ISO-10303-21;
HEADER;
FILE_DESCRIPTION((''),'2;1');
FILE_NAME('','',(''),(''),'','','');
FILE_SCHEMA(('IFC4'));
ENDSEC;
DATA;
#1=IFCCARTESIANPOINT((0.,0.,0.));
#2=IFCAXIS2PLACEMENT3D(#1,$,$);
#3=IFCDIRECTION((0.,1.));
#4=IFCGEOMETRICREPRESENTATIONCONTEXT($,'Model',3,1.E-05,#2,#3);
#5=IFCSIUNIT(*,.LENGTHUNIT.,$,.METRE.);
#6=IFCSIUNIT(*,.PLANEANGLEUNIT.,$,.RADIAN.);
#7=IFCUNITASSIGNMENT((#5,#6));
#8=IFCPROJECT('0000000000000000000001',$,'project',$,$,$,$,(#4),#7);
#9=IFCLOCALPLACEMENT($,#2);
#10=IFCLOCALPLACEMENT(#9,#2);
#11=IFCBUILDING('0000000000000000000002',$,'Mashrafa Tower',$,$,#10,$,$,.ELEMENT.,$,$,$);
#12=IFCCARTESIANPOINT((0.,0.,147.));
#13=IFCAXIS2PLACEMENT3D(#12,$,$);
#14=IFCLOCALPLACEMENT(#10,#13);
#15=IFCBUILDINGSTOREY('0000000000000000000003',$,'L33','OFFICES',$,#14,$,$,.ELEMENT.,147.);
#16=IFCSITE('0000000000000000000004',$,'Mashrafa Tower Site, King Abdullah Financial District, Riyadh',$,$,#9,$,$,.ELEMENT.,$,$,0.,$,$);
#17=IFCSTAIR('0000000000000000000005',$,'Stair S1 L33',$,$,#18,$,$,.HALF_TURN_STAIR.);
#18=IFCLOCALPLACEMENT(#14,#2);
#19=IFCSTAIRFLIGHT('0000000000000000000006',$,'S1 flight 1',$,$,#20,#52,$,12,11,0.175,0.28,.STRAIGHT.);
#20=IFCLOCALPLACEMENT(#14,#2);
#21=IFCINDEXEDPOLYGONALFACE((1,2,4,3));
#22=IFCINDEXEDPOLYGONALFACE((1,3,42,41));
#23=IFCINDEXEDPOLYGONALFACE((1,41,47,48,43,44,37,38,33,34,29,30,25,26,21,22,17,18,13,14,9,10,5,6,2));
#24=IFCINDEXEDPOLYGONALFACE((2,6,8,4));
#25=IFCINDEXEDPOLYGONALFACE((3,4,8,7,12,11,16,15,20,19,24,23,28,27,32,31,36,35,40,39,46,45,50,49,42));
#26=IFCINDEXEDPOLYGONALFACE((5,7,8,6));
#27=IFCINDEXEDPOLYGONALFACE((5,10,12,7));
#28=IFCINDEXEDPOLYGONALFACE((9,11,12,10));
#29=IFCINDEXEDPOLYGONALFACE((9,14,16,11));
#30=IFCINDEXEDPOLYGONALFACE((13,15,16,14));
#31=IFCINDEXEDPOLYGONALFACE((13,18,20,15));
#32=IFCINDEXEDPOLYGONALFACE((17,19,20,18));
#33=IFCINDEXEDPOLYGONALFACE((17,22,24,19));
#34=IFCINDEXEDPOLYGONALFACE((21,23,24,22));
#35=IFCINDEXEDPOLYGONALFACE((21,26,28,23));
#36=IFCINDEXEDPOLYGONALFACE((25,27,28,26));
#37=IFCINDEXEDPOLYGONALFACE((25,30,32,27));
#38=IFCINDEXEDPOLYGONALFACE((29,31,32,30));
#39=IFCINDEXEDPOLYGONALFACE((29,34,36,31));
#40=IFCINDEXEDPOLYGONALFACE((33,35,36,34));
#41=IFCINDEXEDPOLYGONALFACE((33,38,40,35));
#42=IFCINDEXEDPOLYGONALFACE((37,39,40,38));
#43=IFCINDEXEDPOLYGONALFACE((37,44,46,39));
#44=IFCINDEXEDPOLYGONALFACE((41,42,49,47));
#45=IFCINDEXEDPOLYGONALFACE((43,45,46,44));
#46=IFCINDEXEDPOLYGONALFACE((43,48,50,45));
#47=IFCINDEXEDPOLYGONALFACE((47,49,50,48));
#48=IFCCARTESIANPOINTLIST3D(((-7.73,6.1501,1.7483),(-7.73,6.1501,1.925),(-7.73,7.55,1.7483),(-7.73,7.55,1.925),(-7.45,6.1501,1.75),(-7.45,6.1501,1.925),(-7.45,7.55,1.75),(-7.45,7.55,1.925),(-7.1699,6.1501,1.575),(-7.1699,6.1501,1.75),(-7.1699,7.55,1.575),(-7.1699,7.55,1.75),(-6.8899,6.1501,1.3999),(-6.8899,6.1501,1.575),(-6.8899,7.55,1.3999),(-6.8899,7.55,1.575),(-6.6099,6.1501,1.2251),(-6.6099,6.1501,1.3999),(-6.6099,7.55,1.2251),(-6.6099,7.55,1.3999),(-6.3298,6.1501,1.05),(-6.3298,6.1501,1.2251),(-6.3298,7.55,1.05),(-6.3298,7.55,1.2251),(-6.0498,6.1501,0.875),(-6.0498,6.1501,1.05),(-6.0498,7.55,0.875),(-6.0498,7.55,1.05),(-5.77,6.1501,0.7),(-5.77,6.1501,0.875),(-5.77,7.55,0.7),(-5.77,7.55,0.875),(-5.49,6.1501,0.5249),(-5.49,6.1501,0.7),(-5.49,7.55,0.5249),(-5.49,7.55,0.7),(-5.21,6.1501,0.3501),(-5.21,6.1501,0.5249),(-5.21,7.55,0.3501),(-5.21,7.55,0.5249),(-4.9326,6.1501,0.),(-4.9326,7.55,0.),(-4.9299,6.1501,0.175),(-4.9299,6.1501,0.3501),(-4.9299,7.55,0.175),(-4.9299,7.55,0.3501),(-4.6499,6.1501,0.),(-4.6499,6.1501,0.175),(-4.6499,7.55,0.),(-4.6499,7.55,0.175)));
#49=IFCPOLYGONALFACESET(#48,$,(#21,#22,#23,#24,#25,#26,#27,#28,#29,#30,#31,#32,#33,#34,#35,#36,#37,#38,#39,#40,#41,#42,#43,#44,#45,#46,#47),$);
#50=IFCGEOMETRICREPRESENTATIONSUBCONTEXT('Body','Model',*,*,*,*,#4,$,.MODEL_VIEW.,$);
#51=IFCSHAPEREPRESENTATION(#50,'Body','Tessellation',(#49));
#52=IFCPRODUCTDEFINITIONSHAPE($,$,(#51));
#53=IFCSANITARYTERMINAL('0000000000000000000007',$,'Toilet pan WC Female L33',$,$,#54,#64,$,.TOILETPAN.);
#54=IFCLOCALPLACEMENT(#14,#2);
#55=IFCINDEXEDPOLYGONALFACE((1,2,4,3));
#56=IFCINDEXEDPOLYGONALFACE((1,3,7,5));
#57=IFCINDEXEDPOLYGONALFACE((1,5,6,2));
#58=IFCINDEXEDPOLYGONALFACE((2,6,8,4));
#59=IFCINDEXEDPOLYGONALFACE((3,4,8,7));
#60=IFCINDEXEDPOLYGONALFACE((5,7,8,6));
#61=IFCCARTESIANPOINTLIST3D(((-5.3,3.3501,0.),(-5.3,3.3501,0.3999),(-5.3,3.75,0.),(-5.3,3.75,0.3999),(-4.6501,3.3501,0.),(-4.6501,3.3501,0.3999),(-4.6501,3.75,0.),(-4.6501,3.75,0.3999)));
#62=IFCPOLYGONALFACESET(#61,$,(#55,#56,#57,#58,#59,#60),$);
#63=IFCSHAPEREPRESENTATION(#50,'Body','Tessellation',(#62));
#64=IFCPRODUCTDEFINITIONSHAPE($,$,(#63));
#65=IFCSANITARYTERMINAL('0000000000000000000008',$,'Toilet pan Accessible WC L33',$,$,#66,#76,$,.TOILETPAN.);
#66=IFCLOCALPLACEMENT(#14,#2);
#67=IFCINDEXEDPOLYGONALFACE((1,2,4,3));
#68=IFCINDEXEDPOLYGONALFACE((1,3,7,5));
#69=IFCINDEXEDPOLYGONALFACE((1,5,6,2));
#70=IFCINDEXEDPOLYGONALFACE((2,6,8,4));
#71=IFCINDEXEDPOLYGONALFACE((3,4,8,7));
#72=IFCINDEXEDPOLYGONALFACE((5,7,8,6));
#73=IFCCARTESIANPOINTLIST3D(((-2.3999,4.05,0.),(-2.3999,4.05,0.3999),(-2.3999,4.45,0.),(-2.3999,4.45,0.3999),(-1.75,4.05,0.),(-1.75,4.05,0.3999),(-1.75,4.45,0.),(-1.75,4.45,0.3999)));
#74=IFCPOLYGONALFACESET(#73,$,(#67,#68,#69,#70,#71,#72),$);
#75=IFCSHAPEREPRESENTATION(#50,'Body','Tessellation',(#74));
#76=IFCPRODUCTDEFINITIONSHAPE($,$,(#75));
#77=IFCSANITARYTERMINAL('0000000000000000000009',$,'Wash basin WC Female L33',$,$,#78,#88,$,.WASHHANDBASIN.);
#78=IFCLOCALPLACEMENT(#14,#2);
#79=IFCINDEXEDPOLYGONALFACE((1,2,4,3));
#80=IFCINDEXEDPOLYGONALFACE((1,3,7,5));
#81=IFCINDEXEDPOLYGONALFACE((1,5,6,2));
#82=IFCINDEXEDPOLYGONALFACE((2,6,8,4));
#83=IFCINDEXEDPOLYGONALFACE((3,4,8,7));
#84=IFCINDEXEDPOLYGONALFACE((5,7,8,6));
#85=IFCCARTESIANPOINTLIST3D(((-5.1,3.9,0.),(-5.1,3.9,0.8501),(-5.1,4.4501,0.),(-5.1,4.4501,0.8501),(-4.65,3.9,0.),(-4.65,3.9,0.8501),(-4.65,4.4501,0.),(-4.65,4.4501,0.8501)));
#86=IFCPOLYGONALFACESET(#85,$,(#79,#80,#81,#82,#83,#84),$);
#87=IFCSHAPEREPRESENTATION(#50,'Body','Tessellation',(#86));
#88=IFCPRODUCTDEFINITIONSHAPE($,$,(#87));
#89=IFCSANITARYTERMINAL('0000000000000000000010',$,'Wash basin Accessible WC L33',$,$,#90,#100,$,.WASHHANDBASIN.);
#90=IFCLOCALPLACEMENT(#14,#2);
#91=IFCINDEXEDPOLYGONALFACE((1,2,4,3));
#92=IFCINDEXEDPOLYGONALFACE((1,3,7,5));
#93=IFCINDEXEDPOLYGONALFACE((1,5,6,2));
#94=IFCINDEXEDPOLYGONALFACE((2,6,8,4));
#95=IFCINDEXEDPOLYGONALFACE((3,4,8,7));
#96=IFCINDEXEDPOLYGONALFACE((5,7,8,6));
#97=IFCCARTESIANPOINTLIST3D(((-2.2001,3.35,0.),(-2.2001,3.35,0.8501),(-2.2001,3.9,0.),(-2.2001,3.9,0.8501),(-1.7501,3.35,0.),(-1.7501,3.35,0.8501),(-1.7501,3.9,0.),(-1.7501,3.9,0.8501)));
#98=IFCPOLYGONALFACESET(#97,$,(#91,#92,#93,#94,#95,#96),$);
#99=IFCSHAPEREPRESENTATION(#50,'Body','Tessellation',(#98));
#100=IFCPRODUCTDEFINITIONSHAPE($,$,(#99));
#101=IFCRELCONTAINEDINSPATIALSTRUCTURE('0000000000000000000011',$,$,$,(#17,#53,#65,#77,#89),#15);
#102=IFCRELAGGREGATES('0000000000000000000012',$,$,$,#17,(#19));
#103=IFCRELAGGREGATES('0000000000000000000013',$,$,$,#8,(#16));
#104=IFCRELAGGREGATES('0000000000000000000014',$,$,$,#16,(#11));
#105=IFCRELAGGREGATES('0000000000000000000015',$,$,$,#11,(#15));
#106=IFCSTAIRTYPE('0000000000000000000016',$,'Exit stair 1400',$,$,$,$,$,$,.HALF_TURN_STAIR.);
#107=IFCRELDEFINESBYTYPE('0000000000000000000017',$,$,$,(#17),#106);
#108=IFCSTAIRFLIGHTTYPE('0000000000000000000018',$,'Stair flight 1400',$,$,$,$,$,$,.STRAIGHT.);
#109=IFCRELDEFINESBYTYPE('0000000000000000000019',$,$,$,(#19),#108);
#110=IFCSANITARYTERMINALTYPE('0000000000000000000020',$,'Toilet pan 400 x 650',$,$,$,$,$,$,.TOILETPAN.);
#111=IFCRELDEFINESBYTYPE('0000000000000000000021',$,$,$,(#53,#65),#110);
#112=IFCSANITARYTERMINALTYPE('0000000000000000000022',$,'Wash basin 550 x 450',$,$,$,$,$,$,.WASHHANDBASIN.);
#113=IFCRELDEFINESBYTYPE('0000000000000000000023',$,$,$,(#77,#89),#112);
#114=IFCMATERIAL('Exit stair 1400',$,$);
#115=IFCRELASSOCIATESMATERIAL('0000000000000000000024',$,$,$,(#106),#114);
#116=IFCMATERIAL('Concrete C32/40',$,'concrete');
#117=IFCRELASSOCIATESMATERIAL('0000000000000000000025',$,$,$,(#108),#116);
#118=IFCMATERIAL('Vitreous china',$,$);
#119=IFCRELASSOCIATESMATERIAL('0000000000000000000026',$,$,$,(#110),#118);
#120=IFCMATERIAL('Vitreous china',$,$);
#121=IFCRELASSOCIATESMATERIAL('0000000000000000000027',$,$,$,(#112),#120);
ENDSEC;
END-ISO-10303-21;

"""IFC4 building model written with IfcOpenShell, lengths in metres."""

from ifc_helpers import new_model, si_unit, direction, frame, origin, origin_2d, place, context, subcontext, project, spatial, polyline, rectangle, outline, extrude, material, type_object, element, aggregate, save


model = new_model("IFC4")

# Units and contexts
model_context = context("Model", 3, precision=1e-05, world=origin(), true_north=direction((0.0, 1.0)))
body_context = subcontext(model_context, "Body", "Model", "MODEL_VIEW")
ifc_project = project(units=[si_unit("LENGTHUNIT", "METRE"), si_unit("PLANEANGLEUNIT", "RADIAN")], contexts=[model_context])

# Site, building, storey
site_placement = place(None, origin())
site = spatial("IfcSite", under=ifc_project, at=site_placement, Name="Mashrafa Tower Site, King Abdullah Financial District, Riyadh", CompositionType="ELEMENT", RefElevation=0.0)
building_placement = place(site_placement, origin())
building = spatial("IfcBuilding", under=site, at=building_placement, Name="Mashrafa Tower", CompositionType="ELEMENT")
storey_placement = place(building_placement, frame((0.0, 0.0, 147.0)))
storey = spatial("IfcBuildingStorey", under=building, at=storey_placement, Name="L33", Description="OFFICES", CompositionType="ELEMENT", Elevation=147.0)

# Stair, stair flight
ifc_material_1 = material(Name="Exit stair 1400")
stair_type = type_object("IfcStairType", Name="Exit stair 1400", PredefinedType="HALF_TURN_STAIR", material=ifc_material_1)
stair_placement = place(storey_placement, origin())
stair = element("IfcStair", 1, at=stair_placement, inside=storey, type_object=stair_type, Name="Stair S1 L33", PredefinedType="HALF_TURN_STAIR")
ifc_material_2 = material(Name="Concrete C32/40", Category="concrete")
stair_flight_type = type_object("IfcStairFlightType", Name="Stair flight 1400", PredefinedType="STRAIGHT", material=ifc_material_2)
stair_flight_placement = place(storey_placement, frame((-4.6499, 6.8501, 0.0), z_axis=(0.0, 0.0, 1.0), x_axis=(-1.0, 0.0, 0.0)))
stair_flight = element("IfcStairFlight", 2, at=stair_flight_placement, type_object=stair_flight_type, Name="S1 flight 1", NumberOfRisers=12, NumberOfTreads=11, PredefinedType="STRAIGHT", RiserHeight=0.175, TreadLength=0.28, context=body_context, shape_type="SweptSolid", body=[
    extrude(outline(polyline([(0.0, 0.0), (0.0, 0.175), (0.28, 0.175), (0.28, 0.3501), (0.5601, 0.3501), (0.5601, 0.5249), (0.8401, 0.5249), (0.8401, 0.7), (1.1201, 0.7), (1.1201, 0.875), (1.3999, 0.875), (1.3999, 1.05), (1.6799, 1.05), (1.6799, 1.2251), (1.96, 1.2251), (1.96, 1.3999), (2.24, 1.3999), (2.24, 1.575), (2.52, 1.575), (2.52, 1.75), (2.8, 1.75), (2.8, 1.925), (3.0801, 1.925), (3.0801, 2.1001), (3.0801, 1.7483), (0.2827, 0.0), (0.0, 0.0)])), frame((0.0, 0.7, 0.0), z_axis=(0.0, -1.0, 0.0), x_axis=(1.0, 0.0, 0.0)), (0.0, 0.0, 1.0), 1.3999),
])
aggregate(stair, [stair_flight])

# Sanitary terminals
ifc_material_3 = material(Name="Vitreous china")
sanitary_terminal_type_1 = type_object("IfcSanitaryTerminalType", Name="Toilet pan 400 x 650", PredefinedType="TOILETPAN", material=ifc_material_3)
for number, where, z_axis, x_axis, name in (
    (3, (-4.9751, 3.55, 0.0), (0.0, 0.0, 1.0), (0.0, 1.0, 0.0), "Toilet pan WC Female L33"),
    (4, (-2.075, 4.25, 0.0), (0.0, 0.0, 1.0), (0.0, 1.0, 0.0), "Toilet pan Accessible WC L33"),
):
    element("IfcSanitaryTerminal", number, at=place(storey_placement, frame(where, z_axis=z_axis, x_axis=x_axis)), inside=storey, type_object=sanitary_terminal_type_1, Name=name, PredefinedType="TOILETPAN", context=body_context, shape_type="SweptSolid", body=[
        extrude(rectangle(XDim=0.3999, YDim=0.6499, at=origin_2d()), origin(), (0.0, 0.0, 1.0), 0.3999),
    ])
ifc_material_4 = material(Name="Vitreous china")
sanitary_terminal_type_2 = type_object("IfcSanitaryTerminalType", Name="Wash basin 550 x 450", PredefinedType="WASHHANDBASIN", material=ifc_material_4)
for number, where, z_axis, x_axis, name in (
    (5, (-4.875, 4.175, 0.0), (0.0, 0.0, 1.0), (0.0, 1.0, 0.0), "Wash basin WC Female L33"),
    (6, (-1.9751, 3.625, 0.0), (0.0, 0.0, 1.0), (0.0, 1.0, 0.0), "Wash basin Accessible WC L33"),
):
    element("IfcSanitaryTerminal", number, at=place(storey_placement, frame(where, z_axis=z_axis, x_axis=x_axis)), inside=storey, type_object=sanitary_terminal_type_2, Name=name, PredefinedType="WASHHANDBASIN", context=body_context, shape_type="SweptSolid", body=[
        extrude(rectangle(XDim=0.55, YDim=0.45, at=origin_2d()), origin(), (0.0, 0.0, 1.0), 0.8501),
    ])

save(model, "model.ifc")
